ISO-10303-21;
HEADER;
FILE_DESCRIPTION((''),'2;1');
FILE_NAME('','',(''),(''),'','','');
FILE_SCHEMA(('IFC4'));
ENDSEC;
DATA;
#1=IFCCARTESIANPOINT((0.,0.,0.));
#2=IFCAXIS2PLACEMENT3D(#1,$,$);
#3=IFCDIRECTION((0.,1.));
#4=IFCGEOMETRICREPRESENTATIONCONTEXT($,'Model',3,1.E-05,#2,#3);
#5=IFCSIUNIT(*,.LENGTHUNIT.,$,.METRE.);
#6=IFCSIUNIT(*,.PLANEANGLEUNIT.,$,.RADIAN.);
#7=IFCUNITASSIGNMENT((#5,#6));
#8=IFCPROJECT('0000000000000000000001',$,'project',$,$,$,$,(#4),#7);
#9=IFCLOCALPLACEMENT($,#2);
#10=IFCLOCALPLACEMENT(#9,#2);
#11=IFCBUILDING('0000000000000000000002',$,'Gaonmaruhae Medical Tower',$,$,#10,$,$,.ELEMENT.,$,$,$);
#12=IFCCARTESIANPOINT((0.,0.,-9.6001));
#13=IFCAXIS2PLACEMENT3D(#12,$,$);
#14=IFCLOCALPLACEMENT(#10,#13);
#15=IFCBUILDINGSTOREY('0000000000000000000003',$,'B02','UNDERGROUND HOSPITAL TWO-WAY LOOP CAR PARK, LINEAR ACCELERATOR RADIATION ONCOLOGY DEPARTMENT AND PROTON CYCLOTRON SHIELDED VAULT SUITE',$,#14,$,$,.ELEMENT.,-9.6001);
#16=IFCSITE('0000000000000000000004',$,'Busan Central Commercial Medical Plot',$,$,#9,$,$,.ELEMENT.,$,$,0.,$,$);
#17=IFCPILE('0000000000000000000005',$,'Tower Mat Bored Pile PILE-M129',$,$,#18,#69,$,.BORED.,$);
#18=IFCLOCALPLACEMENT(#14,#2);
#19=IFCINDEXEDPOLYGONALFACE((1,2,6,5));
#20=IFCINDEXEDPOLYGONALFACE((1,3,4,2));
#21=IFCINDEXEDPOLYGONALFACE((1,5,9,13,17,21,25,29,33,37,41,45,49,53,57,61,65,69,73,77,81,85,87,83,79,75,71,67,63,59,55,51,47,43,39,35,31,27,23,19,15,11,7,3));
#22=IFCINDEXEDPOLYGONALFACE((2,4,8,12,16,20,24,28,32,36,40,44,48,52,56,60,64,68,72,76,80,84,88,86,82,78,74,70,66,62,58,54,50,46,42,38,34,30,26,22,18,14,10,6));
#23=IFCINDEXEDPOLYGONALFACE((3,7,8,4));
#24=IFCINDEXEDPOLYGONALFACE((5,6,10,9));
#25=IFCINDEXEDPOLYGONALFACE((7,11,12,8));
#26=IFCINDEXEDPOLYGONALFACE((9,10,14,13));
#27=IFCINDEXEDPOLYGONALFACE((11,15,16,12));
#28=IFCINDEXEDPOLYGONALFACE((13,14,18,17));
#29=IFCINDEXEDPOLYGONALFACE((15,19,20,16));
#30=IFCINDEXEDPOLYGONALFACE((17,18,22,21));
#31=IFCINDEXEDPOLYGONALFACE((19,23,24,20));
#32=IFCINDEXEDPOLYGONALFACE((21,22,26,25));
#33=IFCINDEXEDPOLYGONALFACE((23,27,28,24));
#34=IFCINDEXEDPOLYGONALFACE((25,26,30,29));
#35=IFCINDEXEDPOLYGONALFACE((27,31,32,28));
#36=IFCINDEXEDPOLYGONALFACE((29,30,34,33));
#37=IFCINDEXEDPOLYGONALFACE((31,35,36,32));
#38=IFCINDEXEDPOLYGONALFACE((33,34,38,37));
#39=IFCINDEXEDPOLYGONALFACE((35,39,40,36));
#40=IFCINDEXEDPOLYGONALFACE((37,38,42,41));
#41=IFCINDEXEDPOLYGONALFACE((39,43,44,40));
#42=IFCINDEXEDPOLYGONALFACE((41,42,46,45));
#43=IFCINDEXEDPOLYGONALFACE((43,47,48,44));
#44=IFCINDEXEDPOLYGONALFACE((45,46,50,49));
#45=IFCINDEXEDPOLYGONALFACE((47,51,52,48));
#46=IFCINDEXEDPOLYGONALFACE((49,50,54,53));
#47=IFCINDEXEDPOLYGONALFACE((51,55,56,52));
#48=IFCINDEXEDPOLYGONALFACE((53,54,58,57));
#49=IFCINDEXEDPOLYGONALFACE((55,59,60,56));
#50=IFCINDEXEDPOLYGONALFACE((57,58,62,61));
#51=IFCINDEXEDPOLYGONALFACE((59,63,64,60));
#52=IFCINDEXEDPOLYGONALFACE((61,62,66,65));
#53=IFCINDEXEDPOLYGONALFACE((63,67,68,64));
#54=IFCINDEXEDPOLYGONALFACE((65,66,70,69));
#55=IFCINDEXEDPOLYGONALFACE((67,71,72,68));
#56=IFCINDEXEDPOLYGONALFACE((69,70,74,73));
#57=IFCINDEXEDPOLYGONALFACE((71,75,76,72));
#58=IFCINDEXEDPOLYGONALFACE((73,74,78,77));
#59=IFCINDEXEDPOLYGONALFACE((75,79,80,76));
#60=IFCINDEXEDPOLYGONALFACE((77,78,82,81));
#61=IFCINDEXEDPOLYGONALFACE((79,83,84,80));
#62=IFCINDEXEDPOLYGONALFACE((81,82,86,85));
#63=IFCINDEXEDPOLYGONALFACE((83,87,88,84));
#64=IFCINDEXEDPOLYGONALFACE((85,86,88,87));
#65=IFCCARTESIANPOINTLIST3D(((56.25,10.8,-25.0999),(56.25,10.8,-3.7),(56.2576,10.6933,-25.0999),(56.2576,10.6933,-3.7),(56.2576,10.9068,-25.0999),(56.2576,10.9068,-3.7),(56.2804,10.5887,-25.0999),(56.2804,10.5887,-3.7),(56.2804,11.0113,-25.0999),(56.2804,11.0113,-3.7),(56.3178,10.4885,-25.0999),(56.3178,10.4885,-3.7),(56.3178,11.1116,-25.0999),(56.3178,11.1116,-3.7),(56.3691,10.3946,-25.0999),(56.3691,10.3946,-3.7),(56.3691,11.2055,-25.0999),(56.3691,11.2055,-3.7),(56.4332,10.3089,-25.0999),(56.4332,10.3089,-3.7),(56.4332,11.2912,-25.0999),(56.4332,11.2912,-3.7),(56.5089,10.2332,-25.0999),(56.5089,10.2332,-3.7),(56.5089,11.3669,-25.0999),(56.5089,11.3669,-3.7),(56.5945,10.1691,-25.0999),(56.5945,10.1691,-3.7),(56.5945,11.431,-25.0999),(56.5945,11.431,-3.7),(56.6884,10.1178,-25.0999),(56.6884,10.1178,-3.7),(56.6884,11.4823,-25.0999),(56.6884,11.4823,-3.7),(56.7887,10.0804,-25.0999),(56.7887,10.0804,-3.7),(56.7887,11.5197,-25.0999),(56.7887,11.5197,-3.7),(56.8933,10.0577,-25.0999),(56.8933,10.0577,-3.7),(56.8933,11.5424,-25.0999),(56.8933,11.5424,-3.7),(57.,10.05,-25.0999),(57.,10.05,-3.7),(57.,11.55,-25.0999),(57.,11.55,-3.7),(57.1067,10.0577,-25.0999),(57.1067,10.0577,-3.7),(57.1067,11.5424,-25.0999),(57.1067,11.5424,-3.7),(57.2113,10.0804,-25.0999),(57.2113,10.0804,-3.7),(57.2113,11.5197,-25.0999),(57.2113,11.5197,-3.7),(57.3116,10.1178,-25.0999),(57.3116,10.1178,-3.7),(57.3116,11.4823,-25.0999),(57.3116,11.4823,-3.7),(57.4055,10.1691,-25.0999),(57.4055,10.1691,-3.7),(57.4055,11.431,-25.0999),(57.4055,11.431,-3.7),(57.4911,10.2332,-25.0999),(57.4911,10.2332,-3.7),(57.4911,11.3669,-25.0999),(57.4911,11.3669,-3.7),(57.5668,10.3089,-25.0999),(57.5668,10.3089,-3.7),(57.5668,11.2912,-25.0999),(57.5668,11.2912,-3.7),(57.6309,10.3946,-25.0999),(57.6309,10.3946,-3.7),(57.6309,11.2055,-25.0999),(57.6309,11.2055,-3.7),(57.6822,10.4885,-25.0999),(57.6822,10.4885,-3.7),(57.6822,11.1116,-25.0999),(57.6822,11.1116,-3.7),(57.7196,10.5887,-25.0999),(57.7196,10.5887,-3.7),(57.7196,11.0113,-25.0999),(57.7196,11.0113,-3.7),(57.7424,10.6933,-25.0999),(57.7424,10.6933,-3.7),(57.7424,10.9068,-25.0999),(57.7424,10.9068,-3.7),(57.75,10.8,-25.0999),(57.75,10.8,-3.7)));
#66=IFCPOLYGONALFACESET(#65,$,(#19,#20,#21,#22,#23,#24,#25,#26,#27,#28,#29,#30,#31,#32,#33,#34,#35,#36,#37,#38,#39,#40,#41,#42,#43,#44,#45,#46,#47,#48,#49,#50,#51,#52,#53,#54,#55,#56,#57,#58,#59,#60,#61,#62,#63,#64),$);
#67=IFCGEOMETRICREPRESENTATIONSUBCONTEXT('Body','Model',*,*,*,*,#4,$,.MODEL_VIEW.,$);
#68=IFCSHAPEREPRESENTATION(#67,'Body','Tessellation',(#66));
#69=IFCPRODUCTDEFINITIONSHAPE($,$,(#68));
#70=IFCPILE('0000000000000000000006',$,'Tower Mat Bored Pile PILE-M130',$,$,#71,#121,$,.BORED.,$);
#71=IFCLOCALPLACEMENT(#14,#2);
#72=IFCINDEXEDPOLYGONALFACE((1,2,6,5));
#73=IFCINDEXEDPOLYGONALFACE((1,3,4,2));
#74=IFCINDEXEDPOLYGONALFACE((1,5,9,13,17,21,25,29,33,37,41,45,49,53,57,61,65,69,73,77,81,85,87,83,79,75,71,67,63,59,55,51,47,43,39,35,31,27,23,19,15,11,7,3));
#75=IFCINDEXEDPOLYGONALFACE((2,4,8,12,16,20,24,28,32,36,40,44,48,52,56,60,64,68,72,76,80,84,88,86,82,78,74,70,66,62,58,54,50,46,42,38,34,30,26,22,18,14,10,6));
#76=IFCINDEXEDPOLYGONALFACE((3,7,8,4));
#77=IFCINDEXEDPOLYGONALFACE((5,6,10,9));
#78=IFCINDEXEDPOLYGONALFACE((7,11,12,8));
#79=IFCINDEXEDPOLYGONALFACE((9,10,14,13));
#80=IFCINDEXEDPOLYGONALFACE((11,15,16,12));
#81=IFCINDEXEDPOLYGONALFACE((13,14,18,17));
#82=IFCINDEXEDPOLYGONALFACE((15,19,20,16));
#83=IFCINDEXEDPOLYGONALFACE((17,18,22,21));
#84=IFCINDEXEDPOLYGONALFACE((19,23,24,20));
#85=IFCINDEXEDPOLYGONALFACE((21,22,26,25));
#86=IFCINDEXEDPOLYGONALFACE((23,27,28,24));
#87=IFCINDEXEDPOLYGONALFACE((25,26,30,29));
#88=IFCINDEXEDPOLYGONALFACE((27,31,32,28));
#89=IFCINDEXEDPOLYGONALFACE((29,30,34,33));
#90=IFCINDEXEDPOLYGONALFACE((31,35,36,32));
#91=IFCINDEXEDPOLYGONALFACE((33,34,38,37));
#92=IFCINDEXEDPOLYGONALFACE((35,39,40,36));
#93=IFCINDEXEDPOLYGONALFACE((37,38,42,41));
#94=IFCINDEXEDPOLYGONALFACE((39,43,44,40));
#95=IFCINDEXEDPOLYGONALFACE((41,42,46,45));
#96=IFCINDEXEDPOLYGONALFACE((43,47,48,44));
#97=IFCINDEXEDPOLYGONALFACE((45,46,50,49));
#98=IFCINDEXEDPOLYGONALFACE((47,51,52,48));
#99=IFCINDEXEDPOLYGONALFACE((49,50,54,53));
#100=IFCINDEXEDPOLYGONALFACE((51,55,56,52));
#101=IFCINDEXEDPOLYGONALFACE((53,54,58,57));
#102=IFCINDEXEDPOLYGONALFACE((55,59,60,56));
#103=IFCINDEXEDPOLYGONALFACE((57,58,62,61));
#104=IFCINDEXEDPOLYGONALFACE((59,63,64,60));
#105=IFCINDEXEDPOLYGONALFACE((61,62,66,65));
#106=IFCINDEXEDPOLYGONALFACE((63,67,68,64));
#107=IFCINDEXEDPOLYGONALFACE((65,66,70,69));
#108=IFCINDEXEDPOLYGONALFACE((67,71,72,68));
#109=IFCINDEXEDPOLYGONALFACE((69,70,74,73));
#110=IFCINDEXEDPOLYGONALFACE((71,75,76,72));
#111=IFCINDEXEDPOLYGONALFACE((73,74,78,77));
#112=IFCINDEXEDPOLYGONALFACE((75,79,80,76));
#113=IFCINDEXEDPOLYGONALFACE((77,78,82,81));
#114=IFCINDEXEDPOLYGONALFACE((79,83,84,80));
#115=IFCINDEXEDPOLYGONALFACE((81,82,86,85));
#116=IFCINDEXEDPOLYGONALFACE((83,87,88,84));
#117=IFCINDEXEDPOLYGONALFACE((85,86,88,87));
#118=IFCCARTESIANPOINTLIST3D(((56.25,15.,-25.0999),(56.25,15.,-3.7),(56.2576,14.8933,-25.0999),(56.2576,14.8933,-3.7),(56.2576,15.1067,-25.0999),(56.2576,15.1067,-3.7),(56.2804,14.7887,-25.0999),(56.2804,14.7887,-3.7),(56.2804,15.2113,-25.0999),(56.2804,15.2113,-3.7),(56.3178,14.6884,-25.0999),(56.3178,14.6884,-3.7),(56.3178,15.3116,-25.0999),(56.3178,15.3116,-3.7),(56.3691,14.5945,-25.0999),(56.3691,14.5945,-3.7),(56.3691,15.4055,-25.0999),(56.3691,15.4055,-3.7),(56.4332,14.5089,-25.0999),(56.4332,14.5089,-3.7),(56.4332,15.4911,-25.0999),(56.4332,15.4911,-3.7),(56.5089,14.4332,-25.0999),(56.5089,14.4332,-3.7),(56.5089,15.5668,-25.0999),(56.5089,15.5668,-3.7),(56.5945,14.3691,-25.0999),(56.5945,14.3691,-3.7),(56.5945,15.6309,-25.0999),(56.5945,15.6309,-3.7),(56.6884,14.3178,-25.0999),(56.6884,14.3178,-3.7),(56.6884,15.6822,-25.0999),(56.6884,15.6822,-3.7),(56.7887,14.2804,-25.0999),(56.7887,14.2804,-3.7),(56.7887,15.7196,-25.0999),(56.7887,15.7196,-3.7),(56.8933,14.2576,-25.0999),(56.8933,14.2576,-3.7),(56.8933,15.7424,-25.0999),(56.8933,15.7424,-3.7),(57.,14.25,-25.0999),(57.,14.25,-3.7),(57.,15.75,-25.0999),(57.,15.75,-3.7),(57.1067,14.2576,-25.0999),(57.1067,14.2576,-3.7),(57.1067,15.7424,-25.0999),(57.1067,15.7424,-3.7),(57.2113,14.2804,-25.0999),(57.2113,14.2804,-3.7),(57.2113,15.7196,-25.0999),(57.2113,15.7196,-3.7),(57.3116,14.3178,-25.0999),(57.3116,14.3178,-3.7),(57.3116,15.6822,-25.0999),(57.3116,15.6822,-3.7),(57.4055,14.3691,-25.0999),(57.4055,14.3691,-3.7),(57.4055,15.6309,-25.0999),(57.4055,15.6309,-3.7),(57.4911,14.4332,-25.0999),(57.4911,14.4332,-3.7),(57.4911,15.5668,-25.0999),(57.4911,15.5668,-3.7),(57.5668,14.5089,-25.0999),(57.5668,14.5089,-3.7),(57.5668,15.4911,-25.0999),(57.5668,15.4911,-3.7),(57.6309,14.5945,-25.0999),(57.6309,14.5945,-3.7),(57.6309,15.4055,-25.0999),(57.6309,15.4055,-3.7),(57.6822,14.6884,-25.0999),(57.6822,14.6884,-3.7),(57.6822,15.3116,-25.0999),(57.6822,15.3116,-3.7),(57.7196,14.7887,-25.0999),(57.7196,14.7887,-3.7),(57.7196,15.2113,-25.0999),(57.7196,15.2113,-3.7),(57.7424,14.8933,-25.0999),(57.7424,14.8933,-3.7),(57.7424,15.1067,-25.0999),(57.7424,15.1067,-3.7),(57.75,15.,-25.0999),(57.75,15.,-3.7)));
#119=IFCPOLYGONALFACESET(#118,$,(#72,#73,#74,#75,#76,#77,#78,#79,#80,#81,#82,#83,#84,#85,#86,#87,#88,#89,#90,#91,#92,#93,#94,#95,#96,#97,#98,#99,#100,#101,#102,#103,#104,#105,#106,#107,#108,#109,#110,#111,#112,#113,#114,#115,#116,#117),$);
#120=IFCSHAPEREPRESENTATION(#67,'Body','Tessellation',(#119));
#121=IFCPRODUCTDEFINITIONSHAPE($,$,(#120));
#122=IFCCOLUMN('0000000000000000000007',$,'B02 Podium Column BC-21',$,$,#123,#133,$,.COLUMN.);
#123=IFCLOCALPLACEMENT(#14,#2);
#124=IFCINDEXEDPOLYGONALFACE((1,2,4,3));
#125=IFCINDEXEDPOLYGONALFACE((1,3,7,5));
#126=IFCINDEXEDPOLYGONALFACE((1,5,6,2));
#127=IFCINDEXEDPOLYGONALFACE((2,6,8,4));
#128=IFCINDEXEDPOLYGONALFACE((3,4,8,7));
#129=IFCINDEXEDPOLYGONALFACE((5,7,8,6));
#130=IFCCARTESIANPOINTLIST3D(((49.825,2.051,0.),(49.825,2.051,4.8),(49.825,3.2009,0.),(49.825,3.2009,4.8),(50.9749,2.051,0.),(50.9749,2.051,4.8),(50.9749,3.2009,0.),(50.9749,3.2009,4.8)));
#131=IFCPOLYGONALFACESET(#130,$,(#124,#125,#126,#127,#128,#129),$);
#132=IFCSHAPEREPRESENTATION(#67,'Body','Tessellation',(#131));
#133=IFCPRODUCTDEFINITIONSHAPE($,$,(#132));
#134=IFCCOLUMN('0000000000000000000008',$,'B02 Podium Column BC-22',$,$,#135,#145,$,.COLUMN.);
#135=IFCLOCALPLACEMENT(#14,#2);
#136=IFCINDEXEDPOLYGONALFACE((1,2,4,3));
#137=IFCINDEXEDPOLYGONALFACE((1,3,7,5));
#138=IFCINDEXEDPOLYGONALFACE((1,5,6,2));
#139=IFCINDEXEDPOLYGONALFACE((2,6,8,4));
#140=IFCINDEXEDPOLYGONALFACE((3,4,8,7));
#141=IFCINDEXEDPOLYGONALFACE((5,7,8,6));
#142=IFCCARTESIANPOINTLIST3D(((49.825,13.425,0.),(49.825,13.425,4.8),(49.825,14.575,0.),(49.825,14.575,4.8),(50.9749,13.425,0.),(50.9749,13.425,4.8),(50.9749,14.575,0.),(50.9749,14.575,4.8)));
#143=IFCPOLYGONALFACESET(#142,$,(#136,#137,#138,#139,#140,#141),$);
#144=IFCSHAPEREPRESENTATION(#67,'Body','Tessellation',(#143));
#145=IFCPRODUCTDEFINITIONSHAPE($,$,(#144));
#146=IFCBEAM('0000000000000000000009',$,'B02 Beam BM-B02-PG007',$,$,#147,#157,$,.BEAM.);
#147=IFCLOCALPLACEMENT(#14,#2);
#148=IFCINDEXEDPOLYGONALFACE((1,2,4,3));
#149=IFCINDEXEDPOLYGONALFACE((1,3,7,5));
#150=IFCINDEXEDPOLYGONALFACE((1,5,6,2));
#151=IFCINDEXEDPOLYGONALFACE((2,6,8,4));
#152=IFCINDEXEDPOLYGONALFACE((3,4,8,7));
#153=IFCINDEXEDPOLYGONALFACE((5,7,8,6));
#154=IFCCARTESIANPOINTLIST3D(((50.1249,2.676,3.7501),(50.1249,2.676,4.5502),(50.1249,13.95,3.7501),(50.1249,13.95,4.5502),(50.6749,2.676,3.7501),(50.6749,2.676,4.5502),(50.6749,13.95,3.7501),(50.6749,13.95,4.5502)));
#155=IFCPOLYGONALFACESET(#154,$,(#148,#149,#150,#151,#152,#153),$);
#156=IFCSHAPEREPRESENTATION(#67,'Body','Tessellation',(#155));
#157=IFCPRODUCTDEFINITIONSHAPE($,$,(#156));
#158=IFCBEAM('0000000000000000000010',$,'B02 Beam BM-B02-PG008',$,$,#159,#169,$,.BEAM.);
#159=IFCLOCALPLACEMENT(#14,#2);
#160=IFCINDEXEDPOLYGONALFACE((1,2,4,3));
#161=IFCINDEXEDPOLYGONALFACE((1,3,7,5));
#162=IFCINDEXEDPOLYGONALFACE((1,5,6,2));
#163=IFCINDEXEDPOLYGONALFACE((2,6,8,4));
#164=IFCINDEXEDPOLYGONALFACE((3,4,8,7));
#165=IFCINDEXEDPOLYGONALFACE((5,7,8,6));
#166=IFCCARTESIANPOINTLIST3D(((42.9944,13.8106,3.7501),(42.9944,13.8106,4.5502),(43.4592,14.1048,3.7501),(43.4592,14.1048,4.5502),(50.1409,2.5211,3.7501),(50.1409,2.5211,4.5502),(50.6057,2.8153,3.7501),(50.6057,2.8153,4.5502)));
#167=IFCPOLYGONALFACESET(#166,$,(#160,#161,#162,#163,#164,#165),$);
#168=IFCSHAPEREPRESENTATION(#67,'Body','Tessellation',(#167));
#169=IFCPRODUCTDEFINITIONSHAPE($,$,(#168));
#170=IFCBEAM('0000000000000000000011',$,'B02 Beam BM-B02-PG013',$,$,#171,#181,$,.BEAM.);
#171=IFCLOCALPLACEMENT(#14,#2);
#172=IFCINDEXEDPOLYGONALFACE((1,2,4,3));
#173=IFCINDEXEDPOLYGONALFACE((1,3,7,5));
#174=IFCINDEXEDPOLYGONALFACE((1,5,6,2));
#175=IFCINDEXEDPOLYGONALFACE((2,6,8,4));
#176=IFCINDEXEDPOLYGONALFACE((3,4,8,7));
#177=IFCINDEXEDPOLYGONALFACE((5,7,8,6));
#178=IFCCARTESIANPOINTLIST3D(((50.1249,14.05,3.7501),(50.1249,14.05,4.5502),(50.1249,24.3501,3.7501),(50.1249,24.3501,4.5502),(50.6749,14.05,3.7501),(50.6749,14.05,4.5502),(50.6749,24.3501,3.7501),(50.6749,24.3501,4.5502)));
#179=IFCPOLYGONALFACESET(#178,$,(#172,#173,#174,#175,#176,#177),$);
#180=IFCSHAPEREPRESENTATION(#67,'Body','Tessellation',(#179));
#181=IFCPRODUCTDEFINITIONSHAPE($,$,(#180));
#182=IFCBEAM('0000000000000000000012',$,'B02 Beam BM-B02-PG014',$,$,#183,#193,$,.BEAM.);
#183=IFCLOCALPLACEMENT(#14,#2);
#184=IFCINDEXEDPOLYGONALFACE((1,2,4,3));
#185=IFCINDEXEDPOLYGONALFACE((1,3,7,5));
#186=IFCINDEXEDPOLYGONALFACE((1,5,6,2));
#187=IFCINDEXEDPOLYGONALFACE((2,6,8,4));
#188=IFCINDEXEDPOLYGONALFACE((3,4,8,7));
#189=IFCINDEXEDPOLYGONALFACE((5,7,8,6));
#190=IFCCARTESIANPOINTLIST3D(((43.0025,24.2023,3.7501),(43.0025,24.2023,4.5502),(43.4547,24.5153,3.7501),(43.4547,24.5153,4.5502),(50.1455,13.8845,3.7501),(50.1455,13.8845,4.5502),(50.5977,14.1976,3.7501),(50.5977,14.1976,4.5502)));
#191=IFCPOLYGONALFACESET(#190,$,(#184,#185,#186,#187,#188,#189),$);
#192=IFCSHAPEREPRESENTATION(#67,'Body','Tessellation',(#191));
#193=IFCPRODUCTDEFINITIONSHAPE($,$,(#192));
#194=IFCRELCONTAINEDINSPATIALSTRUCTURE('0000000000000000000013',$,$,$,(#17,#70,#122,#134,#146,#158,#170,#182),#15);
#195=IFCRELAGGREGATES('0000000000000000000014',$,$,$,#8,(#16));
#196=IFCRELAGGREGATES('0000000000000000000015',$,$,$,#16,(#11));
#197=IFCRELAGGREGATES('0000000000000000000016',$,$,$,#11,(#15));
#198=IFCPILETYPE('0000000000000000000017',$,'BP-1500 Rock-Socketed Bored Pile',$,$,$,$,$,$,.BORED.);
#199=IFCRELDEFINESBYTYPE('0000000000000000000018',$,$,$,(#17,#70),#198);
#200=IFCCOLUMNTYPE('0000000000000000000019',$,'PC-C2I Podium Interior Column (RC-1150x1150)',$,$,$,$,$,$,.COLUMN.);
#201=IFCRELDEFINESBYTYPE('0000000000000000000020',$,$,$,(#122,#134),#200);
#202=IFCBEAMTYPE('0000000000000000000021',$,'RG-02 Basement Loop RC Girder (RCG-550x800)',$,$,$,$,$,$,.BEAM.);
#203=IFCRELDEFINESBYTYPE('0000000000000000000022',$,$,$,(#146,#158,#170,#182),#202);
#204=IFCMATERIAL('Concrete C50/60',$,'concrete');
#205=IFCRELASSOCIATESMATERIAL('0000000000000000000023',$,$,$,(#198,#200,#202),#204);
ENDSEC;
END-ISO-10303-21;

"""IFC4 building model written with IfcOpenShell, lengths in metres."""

from ifc_helpers import new_model, si_unit, direction, frame, origin, origin_2d, place, context, subcontext, project, spatial, rectangle, circle, extrude, material, material_profile, profile_set, type_object, element, save


model = new_model("IFC4")

# Units and contexts
model_context = context("Model", 3, precision=1e-05, world=origin(), true_north=direction((0.0, 1.0)))
body_context = subcontext(model_context, "Body", "Model", "MODEL_VIEW")
ifc_project = project(units=[si_unit("LENGTHUNIT", "METRE"), si_unit("PLANEANGLEUNIT", "RADIAN")], contexts=[model_context])

# Site, building, storey
site_placement = place(None, origin())
site = spatial("IfcSite", under=ifc_project, at=site_placement, Name="Busan Central Commercial Medical Plot", CompositionType="ELEMENT", RefElevation=0.0)
building_placement = place(site_placement, origin())
building = spatial("IfcBuilding", under=site, at=building_placement, Name="Gaonmaruhae Medical Tower", CompositionType="ELEMENT")
storey_placement = place(building_placement, frame((0.0, 0.0, -9.6001)))
storey = spatial("IfcBuildingStorey", under=building, at=storey_placement, Name="B02", Description="UNDERGROUND HOSPITAL TWO-WAY LOOP CAR PARK, LINEAR ACCELERATOR RADIATION ONCOLOGY DEPARTMENT AND PROTON CYCLOTRON SHIELDED VAULT SUITE", CompositionType="ELEMENT", Elevation=-9.6001)

# Piles
ifc_material_1 = material(Name="Concrete C50/60", Category="concrete")
ifc_material_profile_1 = material_profile(ifc_material_1, circle(Radius=0.75, at=origin_2d()), Name="PILE-D1500")
ifc_profile_set_1 = profile_set([ifc_material_profile_1], Name="Concrete C50/60")
pile_type = type_object("IfcPileType", Name="BP-1500 Rock-Socketed Bored Pile", PredefinedType="BORED", material=ifc_profile_set_1)
for number, where, z_axis, x_axis, name in (
    (1, (57.0, 10.8, -3.7), (0.0, 0.0, -1.0), (1.0, 0.0, 0.0), "Tower Mat Bored Pile PILE-M129"),
    (2, (57.0, 15.0, -3.7), (0.0, 0.0, -1.0), (1.0, 0.0, 0.0), "Tower Mat Bored Pile PILE-M130"),
):
    element("IfcPile", number, at=place(storey_placement, frame(where, z_axis=z_axis, x_axis=x_axis)), inside=storey, type_object=pile_type, Name=name, PredefinedType="BORED", context=body_context, shape_type="SweptSolid", body=[
        extrude(circle(Radius=0.75, at=origin_2d()), origin(), (0.0, 0.0, 1.0), 21.3999),
    ])

# Columns
ifc_material_profile_2 = material_profile(ifc_material_1, rectangle(XDim=1.1499, YDim=1.1499, at=origin_2d()), Name="RC-1150x1150")
ifc_profile_set_2 = profile_set([ifc_material_profile_2], Name="Concrete C50/60")
column_type = type_object("IfcColumnType", Name="PC-C2I Podium Interior Column (RC-1150x1150)", PredefinedType="COLUMN", material=ifc_profile_set_2)
for number, where, z_axis, x_axis, name in (
    (3, (50.3999, 2.626, 0.0), (0.0, 0.0, 1.0), (1.0, 0.0, 0.0), "B02 Podium Column BC-21"),
    (4, (50.3999, 14.0, 0.0), (0.0, 0.0, 1.0), (1.0, 0.0, 0.0), "B02 Podium Column BC-22"),
):
    element("IfcColumn", number, at=place(storey_placement, frame(where, z_axis=z_axis, x_axis=x_axis)), inside=storey, type_object=column_type, Name=name, PredefinedType="COLUMN", context=body_context, shape_type="SweptSolid", body=[
        extrude(rectangle(XDim=1.1499, YDim=1.1499, at=origin_2d()), origin(), (0.0, 0.0, 1.0), 4.8),
    ])

# Beams
ifc_material_profile_3 = material_profile(ifc_material_1, rectangle(XDim=0.55, YDim=0.8, at=origin_2d()), Name="RCG-550x800")
ifc_profile_set_3 = profile_set([ifc_material_profile_3], Name="Concrete C50/60")
beam_type = type_object("IfcBeamType", Name="RG-02 Basement Loop RC Girder (RCG-550x800)", PredefinedType="BEAM", material=ifc_profile_set_3)
beam_1_placement = place(storey_placement, frame((50.3999, 2.676, 4.1501), z_axis=(0.0, 1.0, 0.0), x_axis=(-1.0, 0.0, 0.0)))
element("IfcBeam", 5, at=beam_1_placement, inside=storey, type_object=beam_type, Name="B02 Beam BM-B02-PG007", PredefinedType="BEAM", context=body_context, shape_type="SweptSolid", body=[
    extrude(rectangle(XDim=0.55, YDim=0.8, at=origin_2d()), origin(), (0.0, 0.0, 1.0), 11.2739),
])
beam_2_placement = place(storey_placement, frame((50.3733, 2.6682, 4.1501), z_axis=(-0.534862, 0.84494, 0.0), x_axis=(-0.84494, -0.534862, 0.0)))
element("IfcBeam", 6, at=beam_2_placement, inside=storey, type_object=beam_type, Name="B02 Beam BM-B02-PG008", PredefinedType="BEAM", context=body_context, shape_type="SweptSolid", body=[
    extrude(rectangle(XDim=0.55, YDim=0.8, at=origin_2d()), origin(), (0.0, 0.0, 1.0), 13.3613),
])
beam_3_placement = place(storey_placement, frame((50.3999, 14.05, 4.1501), z_axis=(0.0, 1.0, 0.0), x_axis=(-1.0, 0.0, 0.0)))
element("IfcBeam", 7, at=beam_3_placement, inside=storey, type_object=beam_type, Name="B02 Beam BM-B02-PG013", PredefinedType="BEAM", context=body_context, shape_type="SweptSolid", body=[
    extrude(rectangle(XDim=0.55, YDim=0.8, at=origin_2d()), origin(), (0.0, 0.0, 1.0), 10.3),
])
beam_4_placement = place(storey_placement, frame((50.3716, 14.041, 4.1501), z_axis=(-0.569206, 0.822195, 0.0), x_axis=(-0.822195, -0.569206, 0.0)))
element("IfcBeam", 8, at=beam_4_placement, inside=storey, type_object=beam_type, Name="B02 Beam BM-B02-PG014", PredefinedType="BEAM", context=body_context, shape_type="SweptSolid", body=[
    extrude(rectangle(XDim=0.55, YDim=0.8, at=origin_2d()), origin(), (0.0, 0.0, 1.0), 12.5491),
])

save(model, "model.ifc")
